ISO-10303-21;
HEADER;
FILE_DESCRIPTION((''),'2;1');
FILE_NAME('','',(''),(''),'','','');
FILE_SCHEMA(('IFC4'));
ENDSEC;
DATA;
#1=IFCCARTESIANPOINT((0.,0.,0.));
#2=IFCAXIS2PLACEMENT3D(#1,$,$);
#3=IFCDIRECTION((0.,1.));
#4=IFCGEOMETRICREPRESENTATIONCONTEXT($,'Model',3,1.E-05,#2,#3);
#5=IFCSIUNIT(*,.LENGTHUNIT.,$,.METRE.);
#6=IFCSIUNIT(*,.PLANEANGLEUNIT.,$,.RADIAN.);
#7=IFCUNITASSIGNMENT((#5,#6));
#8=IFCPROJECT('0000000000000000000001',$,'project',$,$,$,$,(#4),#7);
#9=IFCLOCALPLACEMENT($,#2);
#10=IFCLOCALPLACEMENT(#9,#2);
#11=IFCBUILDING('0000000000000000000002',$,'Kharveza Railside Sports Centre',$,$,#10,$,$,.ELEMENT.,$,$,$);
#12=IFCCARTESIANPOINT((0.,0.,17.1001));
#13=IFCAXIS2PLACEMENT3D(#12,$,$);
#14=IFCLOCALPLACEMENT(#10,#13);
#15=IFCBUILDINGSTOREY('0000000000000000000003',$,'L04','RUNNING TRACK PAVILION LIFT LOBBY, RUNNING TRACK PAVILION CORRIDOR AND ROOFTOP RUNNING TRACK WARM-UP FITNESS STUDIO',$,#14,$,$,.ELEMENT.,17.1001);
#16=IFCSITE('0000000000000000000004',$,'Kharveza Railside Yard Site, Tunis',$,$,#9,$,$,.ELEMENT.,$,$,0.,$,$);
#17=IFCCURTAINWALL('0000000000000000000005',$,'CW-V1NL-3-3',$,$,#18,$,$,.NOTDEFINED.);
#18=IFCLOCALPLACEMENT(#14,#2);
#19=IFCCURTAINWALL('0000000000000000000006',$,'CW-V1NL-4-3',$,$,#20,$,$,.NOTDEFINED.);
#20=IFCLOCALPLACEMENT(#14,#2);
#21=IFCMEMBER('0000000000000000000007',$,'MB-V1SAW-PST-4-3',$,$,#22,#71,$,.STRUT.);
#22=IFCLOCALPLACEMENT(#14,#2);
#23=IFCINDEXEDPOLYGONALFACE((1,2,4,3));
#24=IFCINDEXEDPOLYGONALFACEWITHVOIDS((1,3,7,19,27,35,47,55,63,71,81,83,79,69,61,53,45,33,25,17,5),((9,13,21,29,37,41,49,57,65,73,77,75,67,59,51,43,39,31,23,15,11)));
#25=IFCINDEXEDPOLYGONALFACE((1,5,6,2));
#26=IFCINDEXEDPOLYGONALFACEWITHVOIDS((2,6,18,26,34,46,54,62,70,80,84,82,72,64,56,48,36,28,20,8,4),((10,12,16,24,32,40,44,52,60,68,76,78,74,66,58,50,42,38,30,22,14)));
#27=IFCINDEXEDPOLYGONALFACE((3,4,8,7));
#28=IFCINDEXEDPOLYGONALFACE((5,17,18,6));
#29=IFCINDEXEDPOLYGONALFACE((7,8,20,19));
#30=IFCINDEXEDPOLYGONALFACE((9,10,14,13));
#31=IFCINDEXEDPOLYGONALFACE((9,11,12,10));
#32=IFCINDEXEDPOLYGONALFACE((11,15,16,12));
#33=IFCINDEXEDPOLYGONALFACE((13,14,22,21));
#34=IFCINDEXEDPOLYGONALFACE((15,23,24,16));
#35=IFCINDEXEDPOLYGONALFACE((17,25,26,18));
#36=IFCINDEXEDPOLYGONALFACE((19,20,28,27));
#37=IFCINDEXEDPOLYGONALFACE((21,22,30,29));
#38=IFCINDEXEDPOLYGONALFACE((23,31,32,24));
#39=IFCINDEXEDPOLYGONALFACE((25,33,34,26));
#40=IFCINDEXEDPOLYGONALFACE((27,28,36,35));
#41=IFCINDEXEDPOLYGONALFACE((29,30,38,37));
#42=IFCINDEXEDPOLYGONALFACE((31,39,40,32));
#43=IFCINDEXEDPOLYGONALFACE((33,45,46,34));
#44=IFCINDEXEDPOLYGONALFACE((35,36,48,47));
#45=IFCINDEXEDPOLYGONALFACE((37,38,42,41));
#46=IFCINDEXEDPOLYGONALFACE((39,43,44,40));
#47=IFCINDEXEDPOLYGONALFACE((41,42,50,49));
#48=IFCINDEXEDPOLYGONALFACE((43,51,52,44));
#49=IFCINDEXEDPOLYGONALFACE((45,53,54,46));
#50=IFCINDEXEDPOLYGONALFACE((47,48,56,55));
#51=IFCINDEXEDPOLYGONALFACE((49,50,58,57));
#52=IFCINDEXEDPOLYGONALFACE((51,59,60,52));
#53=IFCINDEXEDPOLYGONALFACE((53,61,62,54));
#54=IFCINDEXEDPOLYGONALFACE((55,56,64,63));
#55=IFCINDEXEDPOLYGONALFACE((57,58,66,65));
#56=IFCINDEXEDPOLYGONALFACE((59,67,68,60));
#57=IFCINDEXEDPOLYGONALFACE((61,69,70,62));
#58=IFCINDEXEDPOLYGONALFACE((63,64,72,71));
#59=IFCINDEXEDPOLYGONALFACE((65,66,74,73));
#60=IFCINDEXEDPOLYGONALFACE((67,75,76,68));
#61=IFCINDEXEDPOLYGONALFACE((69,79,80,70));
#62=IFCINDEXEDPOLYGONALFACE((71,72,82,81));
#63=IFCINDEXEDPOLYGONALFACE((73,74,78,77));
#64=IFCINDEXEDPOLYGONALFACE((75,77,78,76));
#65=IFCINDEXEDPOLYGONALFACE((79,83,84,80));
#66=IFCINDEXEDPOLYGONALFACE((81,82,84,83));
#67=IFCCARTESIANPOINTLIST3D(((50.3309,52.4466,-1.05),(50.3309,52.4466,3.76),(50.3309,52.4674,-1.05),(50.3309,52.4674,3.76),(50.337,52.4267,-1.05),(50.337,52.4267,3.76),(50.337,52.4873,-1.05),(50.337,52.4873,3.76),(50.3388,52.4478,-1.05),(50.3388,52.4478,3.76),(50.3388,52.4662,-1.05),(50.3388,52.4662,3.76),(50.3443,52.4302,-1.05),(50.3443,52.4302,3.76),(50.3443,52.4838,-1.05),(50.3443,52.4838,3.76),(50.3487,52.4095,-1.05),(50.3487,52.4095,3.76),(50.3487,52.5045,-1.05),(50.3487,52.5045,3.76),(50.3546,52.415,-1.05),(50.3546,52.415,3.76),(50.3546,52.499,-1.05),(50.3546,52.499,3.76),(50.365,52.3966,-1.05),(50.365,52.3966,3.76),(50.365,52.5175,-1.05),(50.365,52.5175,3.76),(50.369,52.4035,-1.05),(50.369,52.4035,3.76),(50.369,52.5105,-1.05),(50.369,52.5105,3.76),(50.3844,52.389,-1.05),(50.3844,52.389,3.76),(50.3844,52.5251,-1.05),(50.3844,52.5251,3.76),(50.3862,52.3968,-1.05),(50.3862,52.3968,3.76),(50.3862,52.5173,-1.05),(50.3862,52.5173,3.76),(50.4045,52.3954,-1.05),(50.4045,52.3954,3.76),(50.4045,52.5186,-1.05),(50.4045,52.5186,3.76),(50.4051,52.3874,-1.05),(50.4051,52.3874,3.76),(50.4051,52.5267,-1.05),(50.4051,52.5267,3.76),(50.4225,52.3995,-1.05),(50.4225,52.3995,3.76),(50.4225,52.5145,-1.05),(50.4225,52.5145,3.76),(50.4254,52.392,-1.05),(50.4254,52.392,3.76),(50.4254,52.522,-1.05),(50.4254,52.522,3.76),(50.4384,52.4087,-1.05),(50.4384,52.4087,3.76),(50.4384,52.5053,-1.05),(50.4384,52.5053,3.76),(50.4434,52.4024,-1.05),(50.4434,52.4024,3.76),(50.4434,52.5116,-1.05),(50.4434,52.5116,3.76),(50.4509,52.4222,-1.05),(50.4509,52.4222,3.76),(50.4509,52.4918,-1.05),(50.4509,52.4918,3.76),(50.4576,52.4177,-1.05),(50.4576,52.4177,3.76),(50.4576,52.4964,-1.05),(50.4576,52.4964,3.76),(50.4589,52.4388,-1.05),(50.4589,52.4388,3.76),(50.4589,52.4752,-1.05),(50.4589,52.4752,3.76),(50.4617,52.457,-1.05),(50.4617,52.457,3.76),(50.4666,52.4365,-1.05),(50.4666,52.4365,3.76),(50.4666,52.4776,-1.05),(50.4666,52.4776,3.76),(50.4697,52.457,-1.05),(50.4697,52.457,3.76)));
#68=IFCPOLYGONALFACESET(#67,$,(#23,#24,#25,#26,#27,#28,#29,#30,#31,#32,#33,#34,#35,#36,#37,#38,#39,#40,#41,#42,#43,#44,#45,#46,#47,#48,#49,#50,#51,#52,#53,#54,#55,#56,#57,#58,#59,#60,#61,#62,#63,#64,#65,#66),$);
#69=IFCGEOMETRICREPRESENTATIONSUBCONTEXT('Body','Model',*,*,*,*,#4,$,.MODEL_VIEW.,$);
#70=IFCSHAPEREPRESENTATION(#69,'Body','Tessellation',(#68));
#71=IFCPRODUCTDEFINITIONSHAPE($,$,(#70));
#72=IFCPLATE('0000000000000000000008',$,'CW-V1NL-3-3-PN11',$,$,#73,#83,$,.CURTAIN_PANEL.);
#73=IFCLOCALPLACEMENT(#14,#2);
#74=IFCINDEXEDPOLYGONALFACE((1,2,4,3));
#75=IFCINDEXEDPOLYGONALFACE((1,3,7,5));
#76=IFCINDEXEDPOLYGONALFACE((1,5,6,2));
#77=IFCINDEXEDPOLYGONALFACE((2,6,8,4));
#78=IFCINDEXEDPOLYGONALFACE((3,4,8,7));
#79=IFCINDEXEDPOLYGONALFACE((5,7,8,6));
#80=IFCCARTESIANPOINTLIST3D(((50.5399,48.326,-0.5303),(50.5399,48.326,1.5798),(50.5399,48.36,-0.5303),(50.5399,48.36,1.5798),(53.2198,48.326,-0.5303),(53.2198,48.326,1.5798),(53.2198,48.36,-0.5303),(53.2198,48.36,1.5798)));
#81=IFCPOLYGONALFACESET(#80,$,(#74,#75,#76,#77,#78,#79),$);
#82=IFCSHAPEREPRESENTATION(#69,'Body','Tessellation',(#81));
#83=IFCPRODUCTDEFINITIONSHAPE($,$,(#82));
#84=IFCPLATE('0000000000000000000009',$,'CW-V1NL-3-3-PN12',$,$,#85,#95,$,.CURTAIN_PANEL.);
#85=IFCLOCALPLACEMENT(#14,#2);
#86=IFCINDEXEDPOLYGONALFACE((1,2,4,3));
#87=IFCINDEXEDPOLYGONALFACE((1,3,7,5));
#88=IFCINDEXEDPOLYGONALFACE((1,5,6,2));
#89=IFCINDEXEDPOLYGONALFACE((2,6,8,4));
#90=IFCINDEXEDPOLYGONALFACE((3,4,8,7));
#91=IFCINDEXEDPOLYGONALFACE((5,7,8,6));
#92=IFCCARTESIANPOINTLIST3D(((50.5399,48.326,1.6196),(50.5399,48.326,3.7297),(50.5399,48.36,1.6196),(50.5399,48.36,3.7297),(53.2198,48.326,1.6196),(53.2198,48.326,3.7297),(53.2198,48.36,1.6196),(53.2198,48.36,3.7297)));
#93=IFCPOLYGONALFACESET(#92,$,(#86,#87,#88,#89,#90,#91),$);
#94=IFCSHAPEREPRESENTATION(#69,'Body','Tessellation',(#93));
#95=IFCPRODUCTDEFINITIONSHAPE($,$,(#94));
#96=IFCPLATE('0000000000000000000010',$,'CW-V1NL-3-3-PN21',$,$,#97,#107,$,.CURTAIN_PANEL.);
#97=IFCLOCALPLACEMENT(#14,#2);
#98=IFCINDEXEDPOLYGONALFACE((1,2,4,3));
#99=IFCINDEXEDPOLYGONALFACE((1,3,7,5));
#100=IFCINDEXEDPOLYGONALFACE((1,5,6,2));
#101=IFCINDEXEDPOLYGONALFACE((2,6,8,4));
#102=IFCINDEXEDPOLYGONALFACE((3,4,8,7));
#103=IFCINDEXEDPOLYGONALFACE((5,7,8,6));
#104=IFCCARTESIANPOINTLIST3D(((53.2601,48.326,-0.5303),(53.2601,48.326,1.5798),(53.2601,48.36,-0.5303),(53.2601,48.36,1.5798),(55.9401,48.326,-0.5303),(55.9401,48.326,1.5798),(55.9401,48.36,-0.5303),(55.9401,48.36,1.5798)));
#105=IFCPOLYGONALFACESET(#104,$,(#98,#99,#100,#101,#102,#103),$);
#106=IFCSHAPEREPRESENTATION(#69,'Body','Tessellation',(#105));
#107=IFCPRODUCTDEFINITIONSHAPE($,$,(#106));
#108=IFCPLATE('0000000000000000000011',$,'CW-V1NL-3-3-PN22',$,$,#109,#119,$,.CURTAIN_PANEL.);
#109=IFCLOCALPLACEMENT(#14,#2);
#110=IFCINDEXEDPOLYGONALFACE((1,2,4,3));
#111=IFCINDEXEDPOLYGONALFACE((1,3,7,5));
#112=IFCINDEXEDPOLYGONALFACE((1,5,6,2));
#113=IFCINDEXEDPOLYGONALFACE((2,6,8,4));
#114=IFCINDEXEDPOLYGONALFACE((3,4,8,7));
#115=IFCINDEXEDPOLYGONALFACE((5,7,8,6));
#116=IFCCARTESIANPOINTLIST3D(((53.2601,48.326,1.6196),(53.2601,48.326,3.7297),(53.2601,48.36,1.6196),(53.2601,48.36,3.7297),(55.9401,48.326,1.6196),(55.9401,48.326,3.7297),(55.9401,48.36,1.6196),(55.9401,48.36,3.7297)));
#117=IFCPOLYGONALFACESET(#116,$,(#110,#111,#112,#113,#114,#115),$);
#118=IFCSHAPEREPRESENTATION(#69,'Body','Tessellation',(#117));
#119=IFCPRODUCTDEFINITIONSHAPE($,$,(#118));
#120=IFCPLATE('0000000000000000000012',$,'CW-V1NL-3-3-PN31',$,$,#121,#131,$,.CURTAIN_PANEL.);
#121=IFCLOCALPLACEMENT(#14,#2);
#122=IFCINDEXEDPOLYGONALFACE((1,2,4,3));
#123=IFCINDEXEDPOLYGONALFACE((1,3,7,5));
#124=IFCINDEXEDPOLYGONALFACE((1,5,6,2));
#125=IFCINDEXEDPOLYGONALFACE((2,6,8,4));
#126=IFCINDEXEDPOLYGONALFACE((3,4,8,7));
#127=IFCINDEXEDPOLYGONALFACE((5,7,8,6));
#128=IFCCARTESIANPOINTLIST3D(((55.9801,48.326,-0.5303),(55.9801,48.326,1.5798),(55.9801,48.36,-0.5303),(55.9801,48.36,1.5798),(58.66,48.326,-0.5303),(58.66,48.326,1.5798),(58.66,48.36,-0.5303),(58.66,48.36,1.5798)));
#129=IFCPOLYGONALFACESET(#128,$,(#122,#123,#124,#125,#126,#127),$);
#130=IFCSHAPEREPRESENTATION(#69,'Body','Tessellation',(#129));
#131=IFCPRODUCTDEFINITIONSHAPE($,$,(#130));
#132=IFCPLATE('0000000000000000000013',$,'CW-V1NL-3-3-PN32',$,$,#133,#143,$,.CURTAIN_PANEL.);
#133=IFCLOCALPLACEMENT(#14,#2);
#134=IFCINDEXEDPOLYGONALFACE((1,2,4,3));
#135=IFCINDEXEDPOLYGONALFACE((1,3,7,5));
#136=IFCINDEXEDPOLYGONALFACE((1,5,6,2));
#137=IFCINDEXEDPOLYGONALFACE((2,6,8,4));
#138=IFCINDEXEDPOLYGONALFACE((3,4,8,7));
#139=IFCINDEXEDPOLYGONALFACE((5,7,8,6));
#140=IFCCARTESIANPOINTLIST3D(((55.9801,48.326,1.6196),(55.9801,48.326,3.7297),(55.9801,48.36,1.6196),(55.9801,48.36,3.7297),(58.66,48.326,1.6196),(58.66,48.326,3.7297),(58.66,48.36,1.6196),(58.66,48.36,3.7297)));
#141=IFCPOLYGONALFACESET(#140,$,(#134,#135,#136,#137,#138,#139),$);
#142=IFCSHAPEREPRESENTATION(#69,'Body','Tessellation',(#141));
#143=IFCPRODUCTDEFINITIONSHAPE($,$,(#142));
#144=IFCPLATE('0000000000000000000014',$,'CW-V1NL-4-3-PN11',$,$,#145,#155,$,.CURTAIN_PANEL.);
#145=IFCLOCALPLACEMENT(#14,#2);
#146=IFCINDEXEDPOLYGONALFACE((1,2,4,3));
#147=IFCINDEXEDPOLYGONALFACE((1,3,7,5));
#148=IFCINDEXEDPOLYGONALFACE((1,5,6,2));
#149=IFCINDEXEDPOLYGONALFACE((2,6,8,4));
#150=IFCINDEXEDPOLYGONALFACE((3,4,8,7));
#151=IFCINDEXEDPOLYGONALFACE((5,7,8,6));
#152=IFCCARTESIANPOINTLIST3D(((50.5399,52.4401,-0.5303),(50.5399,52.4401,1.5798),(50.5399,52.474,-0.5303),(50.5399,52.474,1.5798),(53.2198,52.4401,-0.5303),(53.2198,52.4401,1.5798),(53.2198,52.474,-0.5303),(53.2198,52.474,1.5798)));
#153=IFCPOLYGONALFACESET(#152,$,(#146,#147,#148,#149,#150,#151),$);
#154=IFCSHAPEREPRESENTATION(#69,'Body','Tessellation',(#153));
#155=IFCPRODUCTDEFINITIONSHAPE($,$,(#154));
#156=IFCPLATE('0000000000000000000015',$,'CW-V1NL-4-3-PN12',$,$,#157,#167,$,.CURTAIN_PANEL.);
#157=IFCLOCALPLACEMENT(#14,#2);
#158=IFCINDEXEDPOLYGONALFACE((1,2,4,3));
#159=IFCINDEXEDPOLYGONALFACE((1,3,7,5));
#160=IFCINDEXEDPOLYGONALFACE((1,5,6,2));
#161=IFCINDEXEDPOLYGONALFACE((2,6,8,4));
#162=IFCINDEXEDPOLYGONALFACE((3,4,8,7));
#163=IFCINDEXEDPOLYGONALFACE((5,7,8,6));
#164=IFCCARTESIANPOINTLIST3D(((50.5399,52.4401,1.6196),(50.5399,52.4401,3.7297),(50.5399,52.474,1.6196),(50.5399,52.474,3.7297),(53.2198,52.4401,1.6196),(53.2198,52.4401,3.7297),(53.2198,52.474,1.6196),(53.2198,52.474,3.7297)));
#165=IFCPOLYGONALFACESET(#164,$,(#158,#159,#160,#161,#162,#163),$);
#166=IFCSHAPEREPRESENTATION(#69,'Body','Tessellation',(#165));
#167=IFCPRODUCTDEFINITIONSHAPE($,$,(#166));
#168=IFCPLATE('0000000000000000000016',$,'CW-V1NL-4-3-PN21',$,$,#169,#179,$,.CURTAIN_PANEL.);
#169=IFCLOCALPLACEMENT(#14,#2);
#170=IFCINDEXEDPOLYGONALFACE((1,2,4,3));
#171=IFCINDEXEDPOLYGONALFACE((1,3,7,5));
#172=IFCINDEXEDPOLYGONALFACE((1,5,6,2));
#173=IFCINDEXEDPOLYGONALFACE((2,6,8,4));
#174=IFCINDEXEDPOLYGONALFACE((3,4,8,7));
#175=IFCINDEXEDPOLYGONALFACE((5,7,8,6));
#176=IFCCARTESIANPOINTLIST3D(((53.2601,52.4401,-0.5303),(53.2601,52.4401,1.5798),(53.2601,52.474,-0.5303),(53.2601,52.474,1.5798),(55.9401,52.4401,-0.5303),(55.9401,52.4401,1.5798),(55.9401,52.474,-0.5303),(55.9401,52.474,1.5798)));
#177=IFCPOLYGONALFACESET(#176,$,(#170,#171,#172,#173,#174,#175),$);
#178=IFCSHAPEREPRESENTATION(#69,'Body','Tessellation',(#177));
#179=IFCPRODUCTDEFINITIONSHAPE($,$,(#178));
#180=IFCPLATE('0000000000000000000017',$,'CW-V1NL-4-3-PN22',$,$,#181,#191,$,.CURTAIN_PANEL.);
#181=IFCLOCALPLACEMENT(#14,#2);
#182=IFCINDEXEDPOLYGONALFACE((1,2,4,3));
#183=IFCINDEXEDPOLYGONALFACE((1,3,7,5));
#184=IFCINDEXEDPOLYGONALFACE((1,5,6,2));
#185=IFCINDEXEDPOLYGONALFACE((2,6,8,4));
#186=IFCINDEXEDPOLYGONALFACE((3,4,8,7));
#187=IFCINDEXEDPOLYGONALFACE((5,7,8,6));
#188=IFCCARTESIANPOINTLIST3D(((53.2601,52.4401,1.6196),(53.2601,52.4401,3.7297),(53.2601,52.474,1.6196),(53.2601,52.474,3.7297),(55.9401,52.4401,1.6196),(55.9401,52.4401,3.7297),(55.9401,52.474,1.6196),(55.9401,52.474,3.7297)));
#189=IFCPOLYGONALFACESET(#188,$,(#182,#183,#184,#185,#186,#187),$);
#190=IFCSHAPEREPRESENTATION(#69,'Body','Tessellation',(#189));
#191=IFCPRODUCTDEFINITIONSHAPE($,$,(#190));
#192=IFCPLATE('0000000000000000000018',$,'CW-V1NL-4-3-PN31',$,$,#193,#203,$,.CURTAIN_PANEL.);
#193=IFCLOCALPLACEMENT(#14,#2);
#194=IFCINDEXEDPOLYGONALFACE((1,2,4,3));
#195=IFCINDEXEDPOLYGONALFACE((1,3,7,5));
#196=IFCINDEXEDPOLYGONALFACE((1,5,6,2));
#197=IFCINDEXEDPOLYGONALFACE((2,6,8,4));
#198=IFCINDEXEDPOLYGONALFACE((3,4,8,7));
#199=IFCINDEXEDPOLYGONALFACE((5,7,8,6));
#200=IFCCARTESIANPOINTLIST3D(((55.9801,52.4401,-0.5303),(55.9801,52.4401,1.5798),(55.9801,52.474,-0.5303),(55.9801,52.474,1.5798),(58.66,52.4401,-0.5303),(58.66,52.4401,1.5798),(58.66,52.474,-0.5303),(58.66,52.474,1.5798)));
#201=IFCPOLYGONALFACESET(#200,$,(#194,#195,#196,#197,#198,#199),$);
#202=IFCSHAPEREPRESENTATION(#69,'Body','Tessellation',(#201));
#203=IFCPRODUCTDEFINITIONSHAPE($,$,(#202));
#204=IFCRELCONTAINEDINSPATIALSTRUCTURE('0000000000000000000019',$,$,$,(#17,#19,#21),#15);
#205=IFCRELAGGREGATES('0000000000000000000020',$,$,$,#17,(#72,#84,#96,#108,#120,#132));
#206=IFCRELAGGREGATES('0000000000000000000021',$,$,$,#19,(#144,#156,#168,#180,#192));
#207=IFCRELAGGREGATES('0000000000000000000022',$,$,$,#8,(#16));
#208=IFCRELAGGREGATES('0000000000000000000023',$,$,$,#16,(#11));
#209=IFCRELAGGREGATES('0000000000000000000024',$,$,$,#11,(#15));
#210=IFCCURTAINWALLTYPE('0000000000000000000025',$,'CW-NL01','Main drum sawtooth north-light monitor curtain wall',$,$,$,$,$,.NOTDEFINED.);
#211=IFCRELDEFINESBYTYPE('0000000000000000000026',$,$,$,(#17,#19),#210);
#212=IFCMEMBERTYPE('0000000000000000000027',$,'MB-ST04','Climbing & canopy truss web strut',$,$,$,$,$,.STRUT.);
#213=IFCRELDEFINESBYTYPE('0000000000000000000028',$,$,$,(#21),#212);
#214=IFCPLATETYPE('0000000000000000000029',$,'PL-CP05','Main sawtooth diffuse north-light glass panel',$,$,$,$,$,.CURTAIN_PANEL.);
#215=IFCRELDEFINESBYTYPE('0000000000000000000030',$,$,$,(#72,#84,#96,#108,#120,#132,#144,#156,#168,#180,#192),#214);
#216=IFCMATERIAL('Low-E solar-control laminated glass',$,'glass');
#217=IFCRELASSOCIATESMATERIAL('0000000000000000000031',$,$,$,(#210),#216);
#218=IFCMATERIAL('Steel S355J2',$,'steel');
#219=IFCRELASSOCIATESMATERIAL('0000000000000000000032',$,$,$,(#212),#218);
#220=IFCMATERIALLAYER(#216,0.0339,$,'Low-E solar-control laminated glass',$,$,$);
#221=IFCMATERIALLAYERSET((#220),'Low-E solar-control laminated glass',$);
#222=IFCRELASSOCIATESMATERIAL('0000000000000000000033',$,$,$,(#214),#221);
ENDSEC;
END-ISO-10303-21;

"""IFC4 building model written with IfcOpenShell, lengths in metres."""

from ifc_helpers import new_model, si_unit, direction, frame, origin, origin_2d, place, context, subcontext, project, spatial, rectangle, hollow_circle, extrude, material, layer, layer_set, material_profile, profile_set, type_object, element, aggregate, save


model = new_model("IFC4")

# Units and contexts
model_context = context("Model", 3, precision=1e-05, world=origin(), true_north=direction((0.0, 1.0)))
body_context = subcontext(model_context, "Body", "Model", "MODEL_VIEW")
ifc_project = project(units=[si_unit("LENGTHUNIT", "METRE"), si_unit("PLANEANGLEUNIT", "RADIAN")], contexts=[model_context])

# Site, building, storey
site_placement = place(None, origin())
site = spatial("IfcSite", under=ifc_project, at=site_placement, Name="Kharveza Railside Yard Site, Tunis", CompositionType="ELEMENT", RefElevation=0.0)
building_placement = place(site_placement, origin())
building = spatial("IfcBuilding", under=site, at=building_placement, Name="Kharveza Railside Sports Centre", CompositionType="ELEMENT")
storey_placement = place(building_placement, frame((0.0, 0.0, 17.1001)))
storey = spatial("IfcBuildingStorey", under=building, at=storey_placement, Name="L04", Description="RUNNING TRACK PAVILION LIFT LOBBY, RUNNING TRACK PAVILION CORRIDOR AND ROOFTOP RUNNING TRACK WARM-UP FITNESS STUDIO", CompositionType="ELEMENT", Elevation=17.1001)

# Curtain wall
ifc_material_1 = material(Name="Low-E solar-control laminated glass", Category="glass")
curtain_wall_type = type_object("IfcCurtainWallType", Name="CW-NL01", Description="Main drum sawtooth north-light monitor curtain wall", PredefinedType="NOTDEFINED", material=ifc_material_1)
curtain_wall_1_placement = place(storey_placement, origin())
curtain_wall_1 = element("IfcCurtainWall", 1, at=curtain_wall_1_placement, inside=storey, type_object=curtain_wall_type, Name="CW-V1NL-3-3", PredefinedType="NOTDEFINED")

# Curtain wall
curtain_wall_2_placement = place(storey_placement, origin())
curtain_wall_2 = element("IfcCurtainWall", 2, at=curtain_wall_2_placement, inside=storey, type_object=curtain_wall_type, Name="CW-V1NL-4-3", PredefinedType="NOTDEFINED")

# Member
ifc_material_2 = material(Name="Steel S355J2", Category="steel")
ifc_material_profile_1 = material_profile(ifc_material_2, hollow_circle(Radius=0.0698, WallThickness=0.0081, at=origin_2d()), Name="CHS 139.7x8.0")
ifc_profile_set_1 = profile_set([ifc_material_profile_1], Name="Steel S355J2")
member_type_1 = type_object("IfcMemberType", Name="MB-ST04", Description="Climbing & canopy truss web strut", PredefinedType="STRUT", material=ifc_profile_set_1)
for number, where, z_axis, x_axis, name in (
    (3, (50.3999, 52.457, -1.05), (0.0, 0.0, 1.0), (1.0, 0.0, 0.0), "MB-V1SAW-PST-4-3"),
):
    element("IfcMember", number, at=place(storey_placement, frame(where, z_axis=z_axis, x_axis=x_axis)), inside=storey, type_object=member_type_1, Name=name, PredefinedType="STRUT", context=body_context, shape_type="SweptSolid", body=[
        extrude(hollow_circle(Radius=0.0698, WallThickness=0.0081, at=origin_2d()), origin(), (0.0, 0.0, 1.0), 4.8101),
    ])

# Plates
ifc_layer = layer(ifc_material_1, 0.0339, Name="Low-E solar-control laminated glass")
ifc_layer_set = layer_set([ifc_layer], Name="Low-E solar-control laminated glass")
plate_type = type_object("IfcPlateType", Name="PL-CP05", Description="Main sawtooth diffuse north-light glass panel", PredefinedType="CURTAIN_PANEL", material=ifc_layer_set)
plate_1_placement = place(storey_placement, frame((51.8799, 48.343, -0.5303), z_axis=(0.0, 0.0, 1.0), x_axis=(1.0, 0.0, 0.0)))
plate_1 = element("IfcPlate", 4, at=plate_1_placement, type_object=plate_type, Name="CW-V1NL-3-3-PN11", PredefinedType="CURTAIN_PANEL", context=body_context, shape_type="SweptSolid", body=[
    extrude(rectangle(XDim=2.6799, YDim=0.0339, at=origin_2d()), origin(), (0.0, 0.0, 1.0), 2.1101),
])
plate_2_placement = place(storey_placement, frame((51.8799, 48.343, 1.6196), z_axis=(0.0, 0.0, 1.0), x_axis=(1.0, 0.0, 0.0)))
plate_2 = element("IfcPlate", 5, at=plate_2_placement, type_object=plate_type, Name="CW-V1NL-3-3-PN12", PredefinedType="CURTAIN_PANEL", context=body_context, shape_type="SweptSolid", body=[
    extrude(rectangle(XDim=2.6799, YDim=0.0339, at=origin_2d()), origin(), (0.0, 0.0, 1.0), 2.1101),
])
plate_3_placement = place(storey_placement, frame((54.6001, 48.343, -0.5303), z_axis=(0.0, 0.0, 1.0), x_axis=(1.0, 0.0, 0.0)))
plate_3 = element("IfcPlate", 6, at=plate_3_placement, type_object=plate_type, Name="CW-V1NL-3-3-PN21", PredefinedType="CURTAIN_PANEL", context=body_context, shape_type="SweptSolid", body=[
    extrude(rectangle(XDim=2.6799, YDim=0.0339, at=origin_2d()), origin(), (0.0, 0.0, 1.0), 2.1101),
])
plate_4_placement = place(storey_placement, frame((54.6001, 48.343, 1.6196), z_axis=(0.0, 0.0, 1.0), x_axis=(1.0, 0.0, 0.0)))
plate_4 = element("IfcPlate", 7, at=plate_4_placement, type_object=plate_type, Name="CW-V1NL-3-3-PN22", PredefinedType="CURTAIN_PANEL", context=body_context, shape_type="SweptSolid", body=[
    extrude(rectangle(XDim=2.6799, YDim=0.0339, at=origin_2d()), origin(), (0.0, 0.0, 1.0), 2.1101),
])
plate_5_placement = place(storey_placement, frame((57.3201, 48.343, -0.5303), z_axis=(0.0, 0.0, 1.0), x_axis=(1.0, 0.0, 0.0)))
plate_5 = element("IfcPlate", 8, at=plate_5_placement, type_object=plate_type, Name="CW-V1NL-3-3-PN31", PredefinedType="CURTAIN_PANEL", context=body_context, shape_type="SweptSolid", body=[
    extrude(rectangle(XDim=2.6799, YDim=0.0339, at=origin_2d()), origin(), (0.0, 0.0, 1.0), 2.1101),
])
plate_6_placement = place(storey_placement, frame((57.3201, 48.343, 1.6196), z_axis=(0.0, 0.0, 1.0), x_axis=(1.0, 0.0, 0.0)))
plate_6 = element("IfcPlate", 9, at=plate_6_placement, type_object=plate_type, Name="CW-V1NL-3-3-PN32", PredefinedType="CURTAIN_PANEL", context=body_context, shape_type="SweptSolid", body=[
    extrude(rectangle(XDim=2.6799, YDim=0.0339, at=origin_2d()), origin(), (0.0, 0.0, 1.0), 2.1101),
])
aggregate(curtain_wall_1, [plate_1, plate_2, plate_3, plate_4, plate_5, plate_6])
plate_7_placement = place(storey_placement, frame((51.8799, 52.457, -0.5303), z_axis=(0.0, 0.0, 1.0), x_axis=(1.0, 0.0, 0.0)))
plate_7 = element("IfcPlate", 10, at=plate_7_placement, type_object=plate_type, Name="CW-V1NL-4-3-PN11", PredefinedType="CURTAIN_PANEL", context=body_context, shape_type="SweptSolid", body=[
    extrude(rectangle(XDim=2.6799, YDim=0.0339, at=origin_2d()), origin(), (0.0, 0.0, 1.0), 2.1101),
])
plate_8_placement = place(storey_placement, frame((51.8799, 52.457, 1.6196), z_axis=(0.0, 0.0, 1.0), x_axis=(1.0, 0.0, 0.0)))
plate_8 = element("IfcPlate", 11, at=plate_8_placement, type_object=plate_type, Name="CW-V1NL-4-3-PN12", PredefinedType="CURTAIN_PANEL", context=body_context, shape_type="SweptSolid", body=[
    extrude(rectangle(XDim=2.6799, YDim=0.0339, at=origin_2d()), origin(), (0.0, 0.0, 1.0), 2.1101),
])
plate_9_placement = place(storey_placement, frame((54.6001, 52.457, -0.5303), z_axis=(0.0, 0.0, 1.0), x_axis=(1.0, 0.0, 0.0)))
plate_9 = element("IfcPlate", 12, at=plate_9_placement, type_object=plate_type, Name="CW-V1NL-4-3-PN21", PredefinedType="CURTAIN_PANEL", context=body_context, shape_type="SweptSolid", body=[
    extrude(rectangle(XDim=2.6799, YDim=0.0339, at=origin_2d()), origin(), (0.0, 0.0, 1.0), 2.1101),
])
plate_10_placement = place(storey_placement, frame((54.6001, 52.457, 1.6196), z_axis=(0.0, 0.0, 1.0), x_axis=(1.0, 0.0, 0.0)))
plate_10 = element("IfcPlate", 13, at=plate_10_placement, type_object=plate_type, Name="CW-V1NL-4-3-PN22", PredefinedType="CURTAIN_PANEL", context=body_context, shape_type="SweptSolid", body=[
    extrude(rectangle(XDim=2.6799, YDim=0.0339, at=origin_2d()), origin(), (0.0, 0.0, 1.0), 2.1101),
])
plate_11_placement = place(storey_placement, frame((57.3201, 52.457, -0.5303), z_axis=(0.0, 0.0, 1.0), x_axis=(1.0, 0.0, 0.0)))
plate_11 = element("IfcPlate", 14, at=plate_11_placement, type_object=plate_type, Name="CW-V1NL-4-3-PN31", PredefinedType="CURTAIN_PANEL", context=body_context, shape_type="SweptSolid", body=[
    extrude(rectangle(XDim=2.6799, YDim=0.0339, at=origin_2d()), origin(), (0.0, 0.0, 1.0), 2.1101),
])
aggregate(curtain_wall_2, [plate_7, plate_8, plate_9, plate_10, plate_11])

save(model, "model.ifc")
